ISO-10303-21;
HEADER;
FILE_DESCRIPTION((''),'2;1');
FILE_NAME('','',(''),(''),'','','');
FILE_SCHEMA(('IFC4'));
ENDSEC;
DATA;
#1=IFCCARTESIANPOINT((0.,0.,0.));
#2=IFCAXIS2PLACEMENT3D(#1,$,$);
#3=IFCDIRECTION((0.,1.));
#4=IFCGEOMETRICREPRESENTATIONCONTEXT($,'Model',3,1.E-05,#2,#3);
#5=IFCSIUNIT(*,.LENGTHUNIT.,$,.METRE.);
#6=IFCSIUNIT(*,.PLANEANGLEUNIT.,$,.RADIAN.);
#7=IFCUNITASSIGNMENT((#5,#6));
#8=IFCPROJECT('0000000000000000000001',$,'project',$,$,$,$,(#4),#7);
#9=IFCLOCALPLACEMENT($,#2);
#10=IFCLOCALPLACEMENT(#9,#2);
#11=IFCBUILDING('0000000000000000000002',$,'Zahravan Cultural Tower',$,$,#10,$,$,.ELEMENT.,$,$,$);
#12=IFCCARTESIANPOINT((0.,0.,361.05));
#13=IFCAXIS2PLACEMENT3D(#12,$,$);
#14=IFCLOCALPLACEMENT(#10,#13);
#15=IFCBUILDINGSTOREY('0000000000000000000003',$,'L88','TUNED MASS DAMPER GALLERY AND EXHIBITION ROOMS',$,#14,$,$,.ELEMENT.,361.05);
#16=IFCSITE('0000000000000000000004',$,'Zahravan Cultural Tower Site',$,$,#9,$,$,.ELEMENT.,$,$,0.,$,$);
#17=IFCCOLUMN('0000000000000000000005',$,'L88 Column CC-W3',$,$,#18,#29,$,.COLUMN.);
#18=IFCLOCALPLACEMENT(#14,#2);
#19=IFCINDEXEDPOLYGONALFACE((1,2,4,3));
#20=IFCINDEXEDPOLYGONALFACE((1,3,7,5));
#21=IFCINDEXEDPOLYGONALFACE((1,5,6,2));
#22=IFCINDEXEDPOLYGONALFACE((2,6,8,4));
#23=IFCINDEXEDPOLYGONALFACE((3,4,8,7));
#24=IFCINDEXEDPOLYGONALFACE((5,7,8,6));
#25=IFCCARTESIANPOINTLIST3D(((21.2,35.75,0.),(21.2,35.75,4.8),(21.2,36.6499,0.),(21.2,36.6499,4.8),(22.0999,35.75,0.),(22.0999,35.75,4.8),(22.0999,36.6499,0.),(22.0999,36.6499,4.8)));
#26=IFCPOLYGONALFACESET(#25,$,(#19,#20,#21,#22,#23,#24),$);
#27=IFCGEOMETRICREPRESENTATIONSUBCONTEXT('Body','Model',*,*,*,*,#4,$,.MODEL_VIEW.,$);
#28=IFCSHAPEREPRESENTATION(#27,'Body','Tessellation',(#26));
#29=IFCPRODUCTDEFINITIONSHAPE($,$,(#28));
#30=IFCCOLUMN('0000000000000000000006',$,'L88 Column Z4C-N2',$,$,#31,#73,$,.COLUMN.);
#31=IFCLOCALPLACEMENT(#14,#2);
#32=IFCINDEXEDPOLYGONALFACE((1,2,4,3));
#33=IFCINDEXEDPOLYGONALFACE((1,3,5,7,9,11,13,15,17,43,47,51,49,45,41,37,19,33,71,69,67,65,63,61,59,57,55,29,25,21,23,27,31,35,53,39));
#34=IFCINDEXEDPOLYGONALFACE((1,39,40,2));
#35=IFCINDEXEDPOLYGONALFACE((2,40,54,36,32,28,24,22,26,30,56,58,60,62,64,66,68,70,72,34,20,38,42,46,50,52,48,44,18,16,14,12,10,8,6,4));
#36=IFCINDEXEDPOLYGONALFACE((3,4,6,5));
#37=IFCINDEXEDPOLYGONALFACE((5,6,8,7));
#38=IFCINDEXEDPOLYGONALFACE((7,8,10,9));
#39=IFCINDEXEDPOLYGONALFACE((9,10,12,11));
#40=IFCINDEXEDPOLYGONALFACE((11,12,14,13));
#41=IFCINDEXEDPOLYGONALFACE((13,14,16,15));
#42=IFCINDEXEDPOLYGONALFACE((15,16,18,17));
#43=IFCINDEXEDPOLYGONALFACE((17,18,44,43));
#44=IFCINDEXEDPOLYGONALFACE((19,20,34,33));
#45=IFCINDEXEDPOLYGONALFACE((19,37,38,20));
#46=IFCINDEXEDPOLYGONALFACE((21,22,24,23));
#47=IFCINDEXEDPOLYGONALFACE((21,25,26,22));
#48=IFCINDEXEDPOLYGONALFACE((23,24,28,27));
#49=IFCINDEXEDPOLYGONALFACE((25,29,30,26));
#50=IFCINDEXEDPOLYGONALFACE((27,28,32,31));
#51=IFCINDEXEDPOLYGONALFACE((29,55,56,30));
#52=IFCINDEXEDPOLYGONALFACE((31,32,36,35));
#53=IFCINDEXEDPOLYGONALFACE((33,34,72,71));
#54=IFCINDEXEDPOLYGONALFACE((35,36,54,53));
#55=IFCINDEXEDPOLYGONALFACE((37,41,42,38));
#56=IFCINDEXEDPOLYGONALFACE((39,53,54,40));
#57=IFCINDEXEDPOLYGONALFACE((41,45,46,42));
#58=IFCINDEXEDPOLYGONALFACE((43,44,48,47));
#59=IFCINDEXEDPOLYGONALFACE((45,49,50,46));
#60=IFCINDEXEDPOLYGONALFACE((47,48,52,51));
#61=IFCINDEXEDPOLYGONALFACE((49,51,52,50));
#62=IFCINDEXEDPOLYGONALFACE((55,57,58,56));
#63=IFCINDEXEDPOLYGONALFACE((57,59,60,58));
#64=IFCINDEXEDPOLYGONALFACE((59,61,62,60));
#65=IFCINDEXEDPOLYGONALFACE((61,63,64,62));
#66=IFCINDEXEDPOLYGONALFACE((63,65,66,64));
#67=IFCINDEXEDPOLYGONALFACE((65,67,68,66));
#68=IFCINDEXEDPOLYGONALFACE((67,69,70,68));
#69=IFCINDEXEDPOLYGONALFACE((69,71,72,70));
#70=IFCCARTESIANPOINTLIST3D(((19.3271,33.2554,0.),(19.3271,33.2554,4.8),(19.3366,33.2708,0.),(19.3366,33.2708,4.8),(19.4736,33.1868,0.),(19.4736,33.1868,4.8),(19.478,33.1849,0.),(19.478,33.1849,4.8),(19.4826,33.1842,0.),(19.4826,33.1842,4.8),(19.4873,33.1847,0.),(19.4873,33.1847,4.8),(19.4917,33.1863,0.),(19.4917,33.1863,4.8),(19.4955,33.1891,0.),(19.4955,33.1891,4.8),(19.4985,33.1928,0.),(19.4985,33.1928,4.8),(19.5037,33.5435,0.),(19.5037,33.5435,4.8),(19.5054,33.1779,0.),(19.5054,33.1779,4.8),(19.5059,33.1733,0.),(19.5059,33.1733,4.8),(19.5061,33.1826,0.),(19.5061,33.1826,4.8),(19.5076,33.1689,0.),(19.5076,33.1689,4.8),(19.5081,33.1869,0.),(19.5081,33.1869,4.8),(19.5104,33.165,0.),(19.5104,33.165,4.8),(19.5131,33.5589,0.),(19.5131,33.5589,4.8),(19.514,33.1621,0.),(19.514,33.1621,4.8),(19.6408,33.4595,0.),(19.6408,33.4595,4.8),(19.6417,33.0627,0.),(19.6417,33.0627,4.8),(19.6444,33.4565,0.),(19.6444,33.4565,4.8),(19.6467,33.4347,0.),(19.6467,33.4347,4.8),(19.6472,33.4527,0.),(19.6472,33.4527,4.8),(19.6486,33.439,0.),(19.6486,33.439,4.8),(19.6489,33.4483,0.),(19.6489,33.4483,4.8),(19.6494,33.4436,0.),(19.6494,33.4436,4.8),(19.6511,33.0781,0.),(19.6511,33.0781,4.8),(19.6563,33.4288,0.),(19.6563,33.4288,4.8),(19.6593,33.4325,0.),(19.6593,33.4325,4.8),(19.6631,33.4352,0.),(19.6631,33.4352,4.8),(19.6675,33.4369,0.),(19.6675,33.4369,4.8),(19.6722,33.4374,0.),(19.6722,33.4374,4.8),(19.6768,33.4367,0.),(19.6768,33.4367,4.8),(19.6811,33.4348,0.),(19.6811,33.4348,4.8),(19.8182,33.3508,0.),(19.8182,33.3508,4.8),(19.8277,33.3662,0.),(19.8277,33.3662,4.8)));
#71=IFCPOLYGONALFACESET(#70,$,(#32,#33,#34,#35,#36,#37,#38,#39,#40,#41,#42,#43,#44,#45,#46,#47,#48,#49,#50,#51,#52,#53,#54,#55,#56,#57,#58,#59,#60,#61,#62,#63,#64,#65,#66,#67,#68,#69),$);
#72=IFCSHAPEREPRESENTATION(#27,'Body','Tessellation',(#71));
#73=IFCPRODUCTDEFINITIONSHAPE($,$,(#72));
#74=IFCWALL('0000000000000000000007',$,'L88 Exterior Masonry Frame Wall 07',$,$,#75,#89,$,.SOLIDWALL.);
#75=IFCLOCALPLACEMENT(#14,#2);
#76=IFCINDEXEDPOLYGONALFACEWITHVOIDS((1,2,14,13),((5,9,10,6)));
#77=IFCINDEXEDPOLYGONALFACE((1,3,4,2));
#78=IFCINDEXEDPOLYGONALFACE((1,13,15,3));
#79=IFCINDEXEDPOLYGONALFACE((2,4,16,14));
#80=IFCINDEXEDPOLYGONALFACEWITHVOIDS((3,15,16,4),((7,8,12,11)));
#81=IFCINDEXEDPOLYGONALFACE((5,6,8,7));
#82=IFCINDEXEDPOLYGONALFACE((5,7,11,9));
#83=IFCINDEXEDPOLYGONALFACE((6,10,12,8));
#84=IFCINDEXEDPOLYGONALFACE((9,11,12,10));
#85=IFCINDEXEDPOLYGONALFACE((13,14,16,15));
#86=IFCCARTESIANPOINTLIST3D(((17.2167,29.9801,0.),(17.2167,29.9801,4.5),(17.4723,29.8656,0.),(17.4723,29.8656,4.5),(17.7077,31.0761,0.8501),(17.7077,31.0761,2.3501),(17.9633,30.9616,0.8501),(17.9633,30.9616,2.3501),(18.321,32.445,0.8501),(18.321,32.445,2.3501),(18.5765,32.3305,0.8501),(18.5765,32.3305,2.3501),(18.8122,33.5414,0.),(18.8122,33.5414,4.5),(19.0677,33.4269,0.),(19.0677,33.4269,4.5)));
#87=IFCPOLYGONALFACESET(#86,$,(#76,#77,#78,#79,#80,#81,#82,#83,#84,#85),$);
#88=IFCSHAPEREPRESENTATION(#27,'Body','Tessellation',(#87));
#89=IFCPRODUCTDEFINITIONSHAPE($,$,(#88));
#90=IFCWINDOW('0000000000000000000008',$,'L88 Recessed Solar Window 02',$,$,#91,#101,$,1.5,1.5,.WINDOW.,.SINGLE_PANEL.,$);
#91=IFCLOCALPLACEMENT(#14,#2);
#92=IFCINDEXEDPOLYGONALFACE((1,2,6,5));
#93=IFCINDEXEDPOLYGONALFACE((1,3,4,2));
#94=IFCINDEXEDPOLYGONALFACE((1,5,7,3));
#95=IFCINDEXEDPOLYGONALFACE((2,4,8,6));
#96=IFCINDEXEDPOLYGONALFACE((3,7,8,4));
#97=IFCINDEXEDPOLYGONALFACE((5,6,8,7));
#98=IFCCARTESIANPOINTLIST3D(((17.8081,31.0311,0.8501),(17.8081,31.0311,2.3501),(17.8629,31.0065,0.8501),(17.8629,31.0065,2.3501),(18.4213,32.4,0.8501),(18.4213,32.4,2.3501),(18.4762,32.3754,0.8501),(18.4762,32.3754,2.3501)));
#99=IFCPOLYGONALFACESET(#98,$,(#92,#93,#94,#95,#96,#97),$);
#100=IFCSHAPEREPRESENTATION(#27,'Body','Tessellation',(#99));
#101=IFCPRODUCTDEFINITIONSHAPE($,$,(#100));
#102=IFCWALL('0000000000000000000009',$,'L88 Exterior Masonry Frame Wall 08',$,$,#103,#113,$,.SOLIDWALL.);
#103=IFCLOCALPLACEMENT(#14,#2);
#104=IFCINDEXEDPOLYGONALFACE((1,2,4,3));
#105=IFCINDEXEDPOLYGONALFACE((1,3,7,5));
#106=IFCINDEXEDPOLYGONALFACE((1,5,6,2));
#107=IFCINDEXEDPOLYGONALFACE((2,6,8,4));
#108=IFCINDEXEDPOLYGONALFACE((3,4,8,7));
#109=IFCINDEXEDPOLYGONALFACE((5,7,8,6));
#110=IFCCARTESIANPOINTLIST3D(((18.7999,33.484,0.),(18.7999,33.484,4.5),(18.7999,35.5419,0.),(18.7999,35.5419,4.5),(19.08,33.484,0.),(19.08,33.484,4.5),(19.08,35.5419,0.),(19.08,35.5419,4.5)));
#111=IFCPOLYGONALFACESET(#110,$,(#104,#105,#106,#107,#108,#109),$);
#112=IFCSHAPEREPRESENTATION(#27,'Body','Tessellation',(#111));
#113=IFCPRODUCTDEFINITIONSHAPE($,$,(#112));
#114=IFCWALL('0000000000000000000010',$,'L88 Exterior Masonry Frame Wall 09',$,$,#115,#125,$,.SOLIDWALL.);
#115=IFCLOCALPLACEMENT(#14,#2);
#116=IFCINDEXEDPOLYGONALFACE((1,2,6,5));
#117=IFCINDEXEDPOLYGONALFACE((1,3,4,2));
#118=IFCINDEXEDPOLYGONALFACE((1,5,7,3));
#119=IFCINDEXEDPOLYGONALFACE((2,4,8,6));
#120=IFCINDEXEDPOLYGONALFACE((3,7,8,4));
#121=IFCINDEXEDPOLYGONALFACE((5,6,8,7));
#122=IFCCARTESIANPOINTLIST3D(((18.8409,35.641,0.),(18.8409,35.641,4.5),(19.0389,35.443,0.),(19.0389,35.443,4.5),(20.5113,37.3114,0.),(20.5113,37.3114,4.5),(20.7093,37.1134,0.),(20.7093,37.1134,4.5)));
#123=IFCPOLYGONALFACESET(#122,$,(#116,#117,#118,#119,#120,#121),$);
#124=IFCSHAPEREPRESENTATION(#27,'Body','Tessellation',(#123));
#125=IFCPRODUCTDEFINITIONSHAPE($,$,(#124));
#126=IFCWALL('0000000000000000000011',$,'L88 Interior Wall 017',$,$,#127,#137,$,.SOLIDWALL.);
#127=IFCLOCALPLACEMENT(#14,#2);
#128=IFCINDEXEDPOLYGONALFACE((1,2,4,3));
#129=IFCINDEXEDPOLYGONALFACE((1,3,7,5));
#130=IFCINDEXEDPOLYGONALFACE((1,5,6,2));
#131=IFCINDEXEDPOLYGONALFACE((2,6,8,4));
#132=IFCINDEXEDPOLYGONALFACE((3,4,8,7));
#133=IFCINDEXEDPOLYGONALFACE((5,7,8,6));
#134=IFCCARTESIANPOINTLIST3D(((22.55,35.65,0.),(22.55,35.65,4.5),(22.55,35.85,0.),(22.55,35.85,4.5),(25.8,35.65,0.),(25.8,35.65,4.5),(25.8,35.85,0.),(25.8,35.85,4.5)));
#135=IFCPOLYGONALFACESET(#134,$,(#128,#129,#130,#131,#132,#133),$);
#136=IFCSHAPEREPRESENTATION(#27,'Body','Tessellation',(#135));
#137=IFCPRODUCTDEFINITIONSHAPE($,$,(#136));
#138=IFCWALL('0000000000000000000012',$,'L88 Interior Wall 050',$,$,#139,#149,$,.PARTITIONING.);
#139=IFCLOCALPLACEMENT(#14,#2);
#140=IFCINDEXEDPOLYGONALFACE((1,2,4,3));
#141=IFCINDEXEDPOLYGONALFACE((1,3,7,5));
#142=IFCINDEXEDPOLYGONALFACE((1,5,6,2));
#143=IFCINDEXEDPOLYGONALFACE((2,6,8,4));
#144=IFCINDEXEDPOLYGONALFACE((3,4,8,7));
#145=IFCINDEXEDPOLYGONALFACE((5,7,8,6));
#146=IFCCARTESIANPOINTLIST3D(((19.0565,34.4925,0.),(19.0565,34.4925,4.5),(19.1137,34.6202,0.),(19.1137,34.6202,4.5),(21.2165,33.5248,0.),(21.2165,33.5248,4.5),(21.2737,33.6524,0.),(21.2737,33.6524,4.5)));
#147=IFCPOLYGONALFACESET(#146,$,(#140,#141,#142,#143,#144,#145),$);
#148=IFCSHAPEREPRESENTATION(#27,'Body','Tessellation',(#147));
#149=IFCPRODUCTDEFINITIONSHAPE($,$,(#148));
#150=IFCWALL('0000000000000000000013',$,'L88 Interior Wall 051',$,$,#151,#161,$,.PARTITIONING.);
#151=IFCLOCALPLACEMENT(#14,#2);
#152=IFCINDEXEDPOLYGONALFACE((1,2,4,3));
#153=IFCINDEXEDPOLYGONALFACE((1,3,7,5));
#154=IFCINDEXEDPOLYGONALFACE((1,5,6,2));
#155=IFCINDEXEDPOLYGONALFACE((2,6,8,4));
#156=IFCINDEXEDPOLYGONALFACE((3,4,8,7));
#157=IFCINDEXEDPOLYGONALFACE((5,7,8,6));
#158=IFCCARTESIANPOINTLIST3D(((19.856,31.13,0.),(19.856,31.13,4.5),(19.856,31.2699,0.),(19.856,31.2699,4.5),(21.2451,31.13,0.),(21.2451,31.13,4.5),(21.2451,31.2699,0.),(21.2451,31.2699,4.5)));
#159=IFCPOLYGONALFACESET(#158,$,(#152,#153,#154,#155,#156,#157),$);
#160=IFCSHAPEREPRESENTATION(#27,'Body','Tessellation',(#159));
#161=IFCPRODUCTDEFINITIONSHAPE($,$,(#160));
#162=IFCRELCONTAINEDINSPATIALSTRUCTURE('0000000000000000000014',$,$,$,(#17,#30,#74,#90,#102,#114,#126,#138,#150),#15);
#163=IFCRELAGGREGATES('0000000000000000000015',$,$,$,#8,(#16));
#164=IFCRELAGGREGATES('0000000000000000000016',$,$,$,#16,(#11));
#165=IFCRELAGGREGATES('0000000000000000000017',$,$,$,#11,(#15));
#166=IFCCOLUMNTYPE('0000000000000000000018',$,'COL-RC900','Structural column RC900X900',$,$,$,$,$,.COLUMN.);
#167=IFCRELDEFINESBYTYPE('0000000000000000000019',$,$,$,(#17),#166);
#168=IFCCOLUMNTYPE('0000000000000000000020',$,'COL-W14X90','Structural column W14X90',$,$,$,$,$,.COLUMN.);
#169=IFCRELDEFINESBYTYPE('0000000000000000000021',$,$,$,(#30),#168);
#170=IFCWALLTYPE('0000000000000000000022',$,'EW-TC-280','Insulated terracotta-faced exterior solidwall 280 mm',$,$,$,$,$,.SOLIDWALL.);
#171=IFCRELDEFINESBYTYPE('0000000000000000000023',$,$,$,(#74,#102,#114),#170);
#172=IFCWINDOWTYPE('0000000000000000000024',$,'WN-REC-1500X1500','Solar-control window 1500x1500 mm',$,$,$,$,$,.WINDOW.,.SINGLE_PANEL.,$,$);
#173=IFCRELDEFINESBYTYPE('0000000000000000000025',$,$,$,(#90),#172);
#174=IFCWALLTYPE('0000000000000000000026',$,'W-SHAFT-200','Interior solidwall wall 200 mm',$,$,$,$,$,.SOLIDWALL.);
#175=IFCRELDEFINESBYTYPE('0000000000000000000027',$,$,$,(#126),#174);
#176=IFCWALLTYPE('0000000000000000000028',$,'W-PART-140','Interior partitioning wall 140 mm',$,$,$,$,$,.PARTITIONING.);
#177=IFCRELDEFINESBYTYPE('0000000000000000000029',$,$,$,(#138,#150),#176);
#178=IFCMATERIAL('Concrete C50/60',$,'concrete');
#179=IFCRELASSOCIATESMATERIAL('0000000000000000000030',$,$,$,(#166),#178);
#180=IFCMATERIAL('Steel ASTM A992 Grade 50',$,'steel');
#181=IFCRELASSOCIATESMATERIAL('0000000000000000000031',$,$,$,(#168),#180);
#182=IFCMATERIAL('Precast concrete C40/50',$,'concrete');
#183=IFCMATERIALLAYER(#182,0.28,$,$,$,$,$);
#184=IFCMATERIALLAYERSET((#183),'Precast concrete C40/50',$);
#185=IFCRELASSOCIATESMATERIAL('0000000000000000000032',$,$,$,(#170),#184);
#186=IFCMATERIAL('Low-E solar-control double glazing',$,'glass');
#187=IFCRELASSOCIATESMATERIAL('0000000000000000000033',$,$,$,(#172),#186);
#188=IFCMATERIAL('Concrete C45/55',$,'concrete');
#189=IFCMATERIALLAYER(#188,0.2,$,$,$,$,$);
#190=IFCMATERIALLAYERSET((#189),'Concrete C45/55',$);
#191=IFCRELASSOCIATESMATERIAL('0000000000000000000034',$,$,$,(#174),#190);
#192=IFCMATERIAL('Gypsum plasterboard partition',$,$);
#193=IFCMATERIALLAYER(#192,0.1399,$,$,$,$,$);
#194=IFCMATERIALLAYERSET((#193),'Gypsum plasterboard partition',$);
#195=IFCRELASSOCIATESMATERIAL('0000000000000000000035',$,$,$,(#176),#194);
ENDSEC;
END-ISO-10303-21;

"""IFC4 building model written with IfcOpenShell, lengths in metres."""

from ifc_helpers import new_model, si_unit, direction, frame, frame_2d, origin, origin_2d, place, context, subcontext, project, spatial, rectangle, i_section, extrude, source, transform, mapped, material, layer, layer_set, material_profile, profile_set, type_object, element, fill, save


model = new_model("IFC4")

# Units and contexts
model_context = context("Model", 3, precision=1e-05, world=origin(), true_north=direction((0.0, 1.0)))
body_context = subcontext(model_context, "Body", "Model", "MODEL_VIEW")
ifc_project = project(units=[si_unit("LENGTHUNIT", "METRE"), si_unit("PLANEANGLEUNIT", "RADIAN")], contexts=[model_context])

# Site, building, storey
site_placement = place(None, origin())
site = spatial("IfcSite", under=ifc_project, at=site_placement, Name="Zahravan Cultural Tower Site", CompositionType="ELEMENT", RefElevation=0.0)
building_placement = place(site_placement, origin())
building = spatial("IfcBuilding", under=site, at=building_placement, Name="Zahravan Cultural Tower", CompositionType="ELEMENT")
storey_placement = place(building_placement, frame((0.0, 0.0, 361.05)))
storey = spatial("IfcBuildingStorey", under=building, at=storey_placement, Name="L88", Description="TUNED MASS DAMPER GALLERY AND EXHIBITION ROOMS", CompositionType="ELEMENT", Elevation=361.05)

# Columns
ifc_material_1 = material(Name="Concrete C50/60", Category="concrete")
ifc_material_profile_1 = material_profile(ifc_material_1, rectangle(XDim=0.8999, YDim=0.8999, at=origin_2d()), Name="RC900X900")
ifc_profile_set_1 = profile_set([ifc_material_profile_1], Name="Concrete C50/60")
column_type_1 = type_object("IfcColumnType", Name="COL-RC900", Description="Structural column RC900X900", PredefinedType="COLUMN", material=ifc_profile_set_1)
shared_shape_1 = source(origin(), body_context, "Body", "SweptSolid", [
    extrude(rectangle(XDim=0.8999, YDim=0.8999, at=origin_2d()), origin(), (0.0, 0.0, 1.0), 4.8),
])
column_1_placement = place(storey_placement, frame((21.6499, 36.2, 0.0), z_axis=(0.0, 0.0, 1.0), x_axis=(1.0, 0.0, 0.0)))
element("IfcColumn", 1, at=column_1_placement, inside=storey, type_object=column_type_1, Name="L88 Column CC-W3", PredefinedType="COLUMN", context=body_context, shape_type="MappedRepresentation", body=[
    mapped(shared_shape_1, transform((0.0, 0.0, 0.0), x_axis=(1.0, 0.0, 0.0), y_axis=(0.0, 1.0, 0.0), z_axis=(0.0, 0.0, 1.0), scale=1.0)),
])
ifc_material_2 = material(Name="Steel ASTM A992 Grade 50", Category="steel")
ifc_material_profile_2 = material_profile(ifc_material_2, i_section(OverallWidth=0.3689, OverallDepth=0.356, WebThickness=0.0112, FlangeThickness=0.0181, FilletRadius=0.0181, at=origin_2d()), Name="W14X90")
ifc_profile_set_2 = profile_set([ifc_material_profile_2], Name="Steel ASTM A992 Grade 50")
column_type_2 = type_object("IfcColumnType", Name="COL-W14X90", Description="Structural column W14X90", PredefinedType="COLUMN", material=ifc_profile_set_2)
shared_shape_2 = source(origin(), body_context, "Body", "SweptSolid", [
    extrude(i_section(OverallWidth=0.3689, OverallDepth=0.356, WebThickness=0.0112, FlangeThickness=0.0181, FilletRadius=0.0181, at=origin_2d()), origin(), (0.0, 0.0, 1.0), 4.8),
])
column_2_placement = place(storey_placement, frame((19.5774, 33.3108, 0.0), z_axis=(0.0, 0.0, 1.0), x_axis=(-0.85264, 0.522499, 0.0)))
element("IfcColumn", 2, at=column_2_placement, inside=storey, type_object=column_type_2, Name="L88 Column Z4C-N2", PredefinedType="COLUMN", context=body_context, shape_type="MappedRepresentation", body=[
    mapped(shared_shape_2, transform((0.0, 0.0, 0.0), x_axis=(1.0, 0.0, 0.0), y_axis=(0.0, 1.0, 0.0), z_axis=(0.0, 0.0, 1.0), scale=1.0)),
])

# Wall, opening, window
ifc_material_3 = material(Name="Precast concrete C40/50", Category="concrete")
ifc_layer_1 = layer(ifc_material_3, 0.28)
ifc_layer_set_1 = layer_set([ifc_layer_1], Name="Precast concrete C40/50")
wall_type_1 = type_object("IfcWallType", Name="EW-TC-280", Description="Insulated terracotta-faced exterior solidwall 280 mm", PredefinedType="SOLIDWALL", material=ifc_layer_set_1)
wall_1_placement = place(storey_placement, frame((17.3445, 29.9229, 0.0), z_axis=(0.0, 0.0, 1.0), x_axis=(0.408848, 0.912603, 0.0)))
wall_1 = element("IfcWall", 3, at=wall_1_placement, inside=storey, type_object=wall_type_1, Name="L88 Exterior Masonry Frame Wall 07", PredefinedType="SOLIDWALL", context=body_context, shape_type="SweptSolid", body=[
    extrude(rectangle(XDim=3.9023, YDim=0.28, at=frame_2d((1.9512, 0.0))), origin(), (0.0, 0.0, 1.0), 4.5),
])
opening_1_placement = place(wall_1_placement, frame((1.2009, 0.0, 0.8501)))
opening_1 = element("IfcOpeningElement", 4, at=opening_1_placement, cuts=wall_1, PredefinedType="OPENING", context=body_context, shape_type="SweptSolid", body=[
    extrude(rectangle(XDim=1.5, YDim=1.5, at=frame_2d((0.75, 0.75))), frame((0.0, 0.1499, 0.0), z_axis=(0.0, -1.0, 0.0), x_axis=(1.0, 0.0, 0.0)), (0.0, 0.0, 1.0), 0.3),
])
ifc_material_4 = material(Name="Low-E solar-control double glazing", Category="glass")
window_type = type_object("IfcWindowType", Name="WN-REC-1500X1500", Description="Solar-control window 1500x1500 mm", PartitioningType="SINGLE_PANEL", PredefinedType="WINDOW", material=ifc_material_4)
shared_shape_3 = source(origin(), body_context, "Body", "SweptSolid", [
    extrude(rectangle(XDim=1.5, YDim=1.5, at=frame_2d((0.75, 0.75))), frame((0.0, 0.03, 0.0), z_axis=(0.0, -1.0, 0.0), x_axis=(1.0, 0.0, 0.0)), (0.0, 0.0, 1.0), 0.0601),
])
window_placement = place(opening_1_placement, origin())
window = element("IfcWindow", 5, at=window_placement, inside=storey, type_object=window_type, Name="L88 Recessed Solar Window 02", OverallHeight=1.5, OverallWidth=1.5, PartitioningType="SINGLE_PANEL", PredefinedType="WINDOW", context=body_context, shape_type="MappedRepresentation", body=[
    mapped(shared_shape_3, transform((0.0, 0.0, 0.0), x_axis=(1.0, 0.0, 0.0), y_axis=(0.0, 1.0, 0.0), z_axis=(0.0, 0.0, 1.0), scale=1.0)),
])
fill(opening_1, window)

# Shared definitions
ifc_material_5 = material(Name="Concrete C45/55", Category="concrete")
ifc_layer_2 = layer(ifc_material_5, 0.2)
ifc_layer_set_2 = layer_set([ifc_layer_2], Name="Concrete C45/55")
wall_type_2 = type_object("IfcWallType", Name="W-SHAFT-200", Description="Interior solidwall wall 200 mm", PredefinedType="SOLIDWALL", material=ifc_layer_set_2)

# Walls
shared_shape_4 = source(origin(), body_context, "Body", "SweptSolid", [
    extrude(rectangle(XDim=2.0579, YDim=0.28, at=frame_2d((1.0288, 0.0))), origin(), (0.0, 0.0, 1.0), 4.5),
])
wall_2_placement = place(storey_placement, frame((18.9399, 33.4841, 0.0), z_axis=(0.0, 0.0, 1.0), x_axis=(0.0, 1.0, 0.0)))
element("IfcWall", 6, at=wall_2_placement, inside=storey, type_object=wall_type_1, Name="L88 Exterior Masonry Frame Wall 08", PredefinedType="SOLIDWALL", context=body_context, shape_type="MappedRepresentation", body=[
    mapped(shared_shape_4, transform((0.0, 0.0, 0.0), x_axis=(1.0, 0.0, 0.0), y_axis=(0.0, 1.0, 0.0), z_axis=(0.0, 0.0, 1.0), scale=1.0)),
])
shared_shape_5 = source(origin(), body_context, "Body", "SweptSolid", [
    extrude(rectangle(XDim=2.3623, YDim=0.28, at=frame_2d((1.1812, 0.0))), origin(), (0.0, 0.0, 1.0), 4.5),
])
wall_3_placement = place(storey_placement, frame((18.9399, 35.542, 0.0), z_axis=(0.0, 0.0, 1.0), x_axis=(0.707107, 0.707107, 0.0)))
element("IfcWall", 7, at=wall_3_placement, inside=storey, type_object=wall_type_1, Name="L88 Exterior Masonry Frame Wall 09", PredefinedType="SOLIDWALL", context=body_context, shape_type="MappedRepresentation", body=[
    mapped(shared_shape_5, transform((0.0, 0.0, 0.0), x_axis=(1.0, 0.0, 0.0), y_axis=(0.0, 1.0, 0.0), z_axis=(0.0, 0.0, 1.0), scale=1.0)),
])
shared_shape_6 = source(origin(), body_context, "Body", "SweptSolid", [
    extrude(rectangle(XDim=3.25, YDim=0.2, at=frame_2d((1.625, 0.0))), origin(), (0.0, 0.0, 1.0), 4.5),
])
wall_4_placement = place(storey_placement, frame((22.55, 35.75, 0.0), z_axis=(0.0, 0.0, 1.0), x_axis=(1.0, 0.0, 0.0)))
element("IfcWall", 8, at=wall_4_placement, inside=storey, type_object=wall_type_2, Name="L88 Interior Wall 017", PredefinedType="SOLIDWALL", context=body_context, shape_type="MappedRepresentation", body=[
    mapped(shared_shape_6, transform((0.0, 0.0, 0.0), x_axis=(1.0, 0.0, 0.0), y_axis=(0.0, 1.0, 0.0), z_axis=(0.0, 0.0, 1.0), scale=1.0)),
])
ifc_material_6 = material(Name="Gypsum plasterboard partition")
ifc_layer_3 = layer(ifc_material_6, 0.1399)
ifc_layer_set_3 = layer_set([ifc_layer_3], Name="Gypsum plasterboard partition")
wall_type_3 = type_object("IfcWallType", Name="W-PART-140", Description="Interior partitioning wall 140 mm", PredefinedType="PARTITIONING", material=ifc_layer_set_3)
shared_shape_7 = source(origin(), body_context, "Body", "SweptSolid", [
    extrude(rectangle(XDim=2.3669, YDim=0.1399, at=frame_2d((1.1836, 0.0))), origin(), (0.0, 0.0, 1.0), 4.5),
])
wall_5_placement = place(storey_placement, frame((19.085, 34.5564, 0.0), z_axis=(0.0, 0.0, 1.0), x_axis=(0.9126, -0.408855, 0.0)))
element("IfcWall", 9, at=wall_5_placement, inside=storey, type_object=wall_type_3, Name="L88 Interior Wall 050", PredefinedType="PARTITIONING", context=body_context, shape_type="MappedRepresentation", body=[
    mapped(shared_shape_7, transform((0.0, 0.0, 0.0), x_axis=(1.0, 0.0, 0.0), y_axis=(0.0, 1.0, 0.0), z_axis=(0.0, 0.0, 1.0), scale=1.0)),
])
shared_shape_8 = source(origin(), body_context, "Body", "SweptSolid", [
    extrude(rectangle(XDim=1.3892, YDim=0.1399, at=frame_2d((0.6946, 0.0))), origin(), (0.0, 0.0, 1.0), 4.5),
])
wall_6_placement = place(storey_placement, frame((21.2451, 31.2, 0.0), z_axis=(0.0, 0.0, 1.0), x_axis=(-1.0, 0.0, 0.0)))
element("IfcWall", 10, at=wall_6_placement, inside=storey, type_object=wall_type_3, Name="L88 Interior Wall 051", PredefinedType="PARTITIONING", context=body_context, shape_type="MappedRepresentation", body=[
    mapped(shared_shape_8, transform((0.0, 0.0, 0.0), x_axis=(1.0, 0.0, 0.0), y_axis=(0.0, 1.0, 0.0), z_axis=(0.0, 0.0, 1.0), scale=1.0)),
])

save(model, "model.ifc")
